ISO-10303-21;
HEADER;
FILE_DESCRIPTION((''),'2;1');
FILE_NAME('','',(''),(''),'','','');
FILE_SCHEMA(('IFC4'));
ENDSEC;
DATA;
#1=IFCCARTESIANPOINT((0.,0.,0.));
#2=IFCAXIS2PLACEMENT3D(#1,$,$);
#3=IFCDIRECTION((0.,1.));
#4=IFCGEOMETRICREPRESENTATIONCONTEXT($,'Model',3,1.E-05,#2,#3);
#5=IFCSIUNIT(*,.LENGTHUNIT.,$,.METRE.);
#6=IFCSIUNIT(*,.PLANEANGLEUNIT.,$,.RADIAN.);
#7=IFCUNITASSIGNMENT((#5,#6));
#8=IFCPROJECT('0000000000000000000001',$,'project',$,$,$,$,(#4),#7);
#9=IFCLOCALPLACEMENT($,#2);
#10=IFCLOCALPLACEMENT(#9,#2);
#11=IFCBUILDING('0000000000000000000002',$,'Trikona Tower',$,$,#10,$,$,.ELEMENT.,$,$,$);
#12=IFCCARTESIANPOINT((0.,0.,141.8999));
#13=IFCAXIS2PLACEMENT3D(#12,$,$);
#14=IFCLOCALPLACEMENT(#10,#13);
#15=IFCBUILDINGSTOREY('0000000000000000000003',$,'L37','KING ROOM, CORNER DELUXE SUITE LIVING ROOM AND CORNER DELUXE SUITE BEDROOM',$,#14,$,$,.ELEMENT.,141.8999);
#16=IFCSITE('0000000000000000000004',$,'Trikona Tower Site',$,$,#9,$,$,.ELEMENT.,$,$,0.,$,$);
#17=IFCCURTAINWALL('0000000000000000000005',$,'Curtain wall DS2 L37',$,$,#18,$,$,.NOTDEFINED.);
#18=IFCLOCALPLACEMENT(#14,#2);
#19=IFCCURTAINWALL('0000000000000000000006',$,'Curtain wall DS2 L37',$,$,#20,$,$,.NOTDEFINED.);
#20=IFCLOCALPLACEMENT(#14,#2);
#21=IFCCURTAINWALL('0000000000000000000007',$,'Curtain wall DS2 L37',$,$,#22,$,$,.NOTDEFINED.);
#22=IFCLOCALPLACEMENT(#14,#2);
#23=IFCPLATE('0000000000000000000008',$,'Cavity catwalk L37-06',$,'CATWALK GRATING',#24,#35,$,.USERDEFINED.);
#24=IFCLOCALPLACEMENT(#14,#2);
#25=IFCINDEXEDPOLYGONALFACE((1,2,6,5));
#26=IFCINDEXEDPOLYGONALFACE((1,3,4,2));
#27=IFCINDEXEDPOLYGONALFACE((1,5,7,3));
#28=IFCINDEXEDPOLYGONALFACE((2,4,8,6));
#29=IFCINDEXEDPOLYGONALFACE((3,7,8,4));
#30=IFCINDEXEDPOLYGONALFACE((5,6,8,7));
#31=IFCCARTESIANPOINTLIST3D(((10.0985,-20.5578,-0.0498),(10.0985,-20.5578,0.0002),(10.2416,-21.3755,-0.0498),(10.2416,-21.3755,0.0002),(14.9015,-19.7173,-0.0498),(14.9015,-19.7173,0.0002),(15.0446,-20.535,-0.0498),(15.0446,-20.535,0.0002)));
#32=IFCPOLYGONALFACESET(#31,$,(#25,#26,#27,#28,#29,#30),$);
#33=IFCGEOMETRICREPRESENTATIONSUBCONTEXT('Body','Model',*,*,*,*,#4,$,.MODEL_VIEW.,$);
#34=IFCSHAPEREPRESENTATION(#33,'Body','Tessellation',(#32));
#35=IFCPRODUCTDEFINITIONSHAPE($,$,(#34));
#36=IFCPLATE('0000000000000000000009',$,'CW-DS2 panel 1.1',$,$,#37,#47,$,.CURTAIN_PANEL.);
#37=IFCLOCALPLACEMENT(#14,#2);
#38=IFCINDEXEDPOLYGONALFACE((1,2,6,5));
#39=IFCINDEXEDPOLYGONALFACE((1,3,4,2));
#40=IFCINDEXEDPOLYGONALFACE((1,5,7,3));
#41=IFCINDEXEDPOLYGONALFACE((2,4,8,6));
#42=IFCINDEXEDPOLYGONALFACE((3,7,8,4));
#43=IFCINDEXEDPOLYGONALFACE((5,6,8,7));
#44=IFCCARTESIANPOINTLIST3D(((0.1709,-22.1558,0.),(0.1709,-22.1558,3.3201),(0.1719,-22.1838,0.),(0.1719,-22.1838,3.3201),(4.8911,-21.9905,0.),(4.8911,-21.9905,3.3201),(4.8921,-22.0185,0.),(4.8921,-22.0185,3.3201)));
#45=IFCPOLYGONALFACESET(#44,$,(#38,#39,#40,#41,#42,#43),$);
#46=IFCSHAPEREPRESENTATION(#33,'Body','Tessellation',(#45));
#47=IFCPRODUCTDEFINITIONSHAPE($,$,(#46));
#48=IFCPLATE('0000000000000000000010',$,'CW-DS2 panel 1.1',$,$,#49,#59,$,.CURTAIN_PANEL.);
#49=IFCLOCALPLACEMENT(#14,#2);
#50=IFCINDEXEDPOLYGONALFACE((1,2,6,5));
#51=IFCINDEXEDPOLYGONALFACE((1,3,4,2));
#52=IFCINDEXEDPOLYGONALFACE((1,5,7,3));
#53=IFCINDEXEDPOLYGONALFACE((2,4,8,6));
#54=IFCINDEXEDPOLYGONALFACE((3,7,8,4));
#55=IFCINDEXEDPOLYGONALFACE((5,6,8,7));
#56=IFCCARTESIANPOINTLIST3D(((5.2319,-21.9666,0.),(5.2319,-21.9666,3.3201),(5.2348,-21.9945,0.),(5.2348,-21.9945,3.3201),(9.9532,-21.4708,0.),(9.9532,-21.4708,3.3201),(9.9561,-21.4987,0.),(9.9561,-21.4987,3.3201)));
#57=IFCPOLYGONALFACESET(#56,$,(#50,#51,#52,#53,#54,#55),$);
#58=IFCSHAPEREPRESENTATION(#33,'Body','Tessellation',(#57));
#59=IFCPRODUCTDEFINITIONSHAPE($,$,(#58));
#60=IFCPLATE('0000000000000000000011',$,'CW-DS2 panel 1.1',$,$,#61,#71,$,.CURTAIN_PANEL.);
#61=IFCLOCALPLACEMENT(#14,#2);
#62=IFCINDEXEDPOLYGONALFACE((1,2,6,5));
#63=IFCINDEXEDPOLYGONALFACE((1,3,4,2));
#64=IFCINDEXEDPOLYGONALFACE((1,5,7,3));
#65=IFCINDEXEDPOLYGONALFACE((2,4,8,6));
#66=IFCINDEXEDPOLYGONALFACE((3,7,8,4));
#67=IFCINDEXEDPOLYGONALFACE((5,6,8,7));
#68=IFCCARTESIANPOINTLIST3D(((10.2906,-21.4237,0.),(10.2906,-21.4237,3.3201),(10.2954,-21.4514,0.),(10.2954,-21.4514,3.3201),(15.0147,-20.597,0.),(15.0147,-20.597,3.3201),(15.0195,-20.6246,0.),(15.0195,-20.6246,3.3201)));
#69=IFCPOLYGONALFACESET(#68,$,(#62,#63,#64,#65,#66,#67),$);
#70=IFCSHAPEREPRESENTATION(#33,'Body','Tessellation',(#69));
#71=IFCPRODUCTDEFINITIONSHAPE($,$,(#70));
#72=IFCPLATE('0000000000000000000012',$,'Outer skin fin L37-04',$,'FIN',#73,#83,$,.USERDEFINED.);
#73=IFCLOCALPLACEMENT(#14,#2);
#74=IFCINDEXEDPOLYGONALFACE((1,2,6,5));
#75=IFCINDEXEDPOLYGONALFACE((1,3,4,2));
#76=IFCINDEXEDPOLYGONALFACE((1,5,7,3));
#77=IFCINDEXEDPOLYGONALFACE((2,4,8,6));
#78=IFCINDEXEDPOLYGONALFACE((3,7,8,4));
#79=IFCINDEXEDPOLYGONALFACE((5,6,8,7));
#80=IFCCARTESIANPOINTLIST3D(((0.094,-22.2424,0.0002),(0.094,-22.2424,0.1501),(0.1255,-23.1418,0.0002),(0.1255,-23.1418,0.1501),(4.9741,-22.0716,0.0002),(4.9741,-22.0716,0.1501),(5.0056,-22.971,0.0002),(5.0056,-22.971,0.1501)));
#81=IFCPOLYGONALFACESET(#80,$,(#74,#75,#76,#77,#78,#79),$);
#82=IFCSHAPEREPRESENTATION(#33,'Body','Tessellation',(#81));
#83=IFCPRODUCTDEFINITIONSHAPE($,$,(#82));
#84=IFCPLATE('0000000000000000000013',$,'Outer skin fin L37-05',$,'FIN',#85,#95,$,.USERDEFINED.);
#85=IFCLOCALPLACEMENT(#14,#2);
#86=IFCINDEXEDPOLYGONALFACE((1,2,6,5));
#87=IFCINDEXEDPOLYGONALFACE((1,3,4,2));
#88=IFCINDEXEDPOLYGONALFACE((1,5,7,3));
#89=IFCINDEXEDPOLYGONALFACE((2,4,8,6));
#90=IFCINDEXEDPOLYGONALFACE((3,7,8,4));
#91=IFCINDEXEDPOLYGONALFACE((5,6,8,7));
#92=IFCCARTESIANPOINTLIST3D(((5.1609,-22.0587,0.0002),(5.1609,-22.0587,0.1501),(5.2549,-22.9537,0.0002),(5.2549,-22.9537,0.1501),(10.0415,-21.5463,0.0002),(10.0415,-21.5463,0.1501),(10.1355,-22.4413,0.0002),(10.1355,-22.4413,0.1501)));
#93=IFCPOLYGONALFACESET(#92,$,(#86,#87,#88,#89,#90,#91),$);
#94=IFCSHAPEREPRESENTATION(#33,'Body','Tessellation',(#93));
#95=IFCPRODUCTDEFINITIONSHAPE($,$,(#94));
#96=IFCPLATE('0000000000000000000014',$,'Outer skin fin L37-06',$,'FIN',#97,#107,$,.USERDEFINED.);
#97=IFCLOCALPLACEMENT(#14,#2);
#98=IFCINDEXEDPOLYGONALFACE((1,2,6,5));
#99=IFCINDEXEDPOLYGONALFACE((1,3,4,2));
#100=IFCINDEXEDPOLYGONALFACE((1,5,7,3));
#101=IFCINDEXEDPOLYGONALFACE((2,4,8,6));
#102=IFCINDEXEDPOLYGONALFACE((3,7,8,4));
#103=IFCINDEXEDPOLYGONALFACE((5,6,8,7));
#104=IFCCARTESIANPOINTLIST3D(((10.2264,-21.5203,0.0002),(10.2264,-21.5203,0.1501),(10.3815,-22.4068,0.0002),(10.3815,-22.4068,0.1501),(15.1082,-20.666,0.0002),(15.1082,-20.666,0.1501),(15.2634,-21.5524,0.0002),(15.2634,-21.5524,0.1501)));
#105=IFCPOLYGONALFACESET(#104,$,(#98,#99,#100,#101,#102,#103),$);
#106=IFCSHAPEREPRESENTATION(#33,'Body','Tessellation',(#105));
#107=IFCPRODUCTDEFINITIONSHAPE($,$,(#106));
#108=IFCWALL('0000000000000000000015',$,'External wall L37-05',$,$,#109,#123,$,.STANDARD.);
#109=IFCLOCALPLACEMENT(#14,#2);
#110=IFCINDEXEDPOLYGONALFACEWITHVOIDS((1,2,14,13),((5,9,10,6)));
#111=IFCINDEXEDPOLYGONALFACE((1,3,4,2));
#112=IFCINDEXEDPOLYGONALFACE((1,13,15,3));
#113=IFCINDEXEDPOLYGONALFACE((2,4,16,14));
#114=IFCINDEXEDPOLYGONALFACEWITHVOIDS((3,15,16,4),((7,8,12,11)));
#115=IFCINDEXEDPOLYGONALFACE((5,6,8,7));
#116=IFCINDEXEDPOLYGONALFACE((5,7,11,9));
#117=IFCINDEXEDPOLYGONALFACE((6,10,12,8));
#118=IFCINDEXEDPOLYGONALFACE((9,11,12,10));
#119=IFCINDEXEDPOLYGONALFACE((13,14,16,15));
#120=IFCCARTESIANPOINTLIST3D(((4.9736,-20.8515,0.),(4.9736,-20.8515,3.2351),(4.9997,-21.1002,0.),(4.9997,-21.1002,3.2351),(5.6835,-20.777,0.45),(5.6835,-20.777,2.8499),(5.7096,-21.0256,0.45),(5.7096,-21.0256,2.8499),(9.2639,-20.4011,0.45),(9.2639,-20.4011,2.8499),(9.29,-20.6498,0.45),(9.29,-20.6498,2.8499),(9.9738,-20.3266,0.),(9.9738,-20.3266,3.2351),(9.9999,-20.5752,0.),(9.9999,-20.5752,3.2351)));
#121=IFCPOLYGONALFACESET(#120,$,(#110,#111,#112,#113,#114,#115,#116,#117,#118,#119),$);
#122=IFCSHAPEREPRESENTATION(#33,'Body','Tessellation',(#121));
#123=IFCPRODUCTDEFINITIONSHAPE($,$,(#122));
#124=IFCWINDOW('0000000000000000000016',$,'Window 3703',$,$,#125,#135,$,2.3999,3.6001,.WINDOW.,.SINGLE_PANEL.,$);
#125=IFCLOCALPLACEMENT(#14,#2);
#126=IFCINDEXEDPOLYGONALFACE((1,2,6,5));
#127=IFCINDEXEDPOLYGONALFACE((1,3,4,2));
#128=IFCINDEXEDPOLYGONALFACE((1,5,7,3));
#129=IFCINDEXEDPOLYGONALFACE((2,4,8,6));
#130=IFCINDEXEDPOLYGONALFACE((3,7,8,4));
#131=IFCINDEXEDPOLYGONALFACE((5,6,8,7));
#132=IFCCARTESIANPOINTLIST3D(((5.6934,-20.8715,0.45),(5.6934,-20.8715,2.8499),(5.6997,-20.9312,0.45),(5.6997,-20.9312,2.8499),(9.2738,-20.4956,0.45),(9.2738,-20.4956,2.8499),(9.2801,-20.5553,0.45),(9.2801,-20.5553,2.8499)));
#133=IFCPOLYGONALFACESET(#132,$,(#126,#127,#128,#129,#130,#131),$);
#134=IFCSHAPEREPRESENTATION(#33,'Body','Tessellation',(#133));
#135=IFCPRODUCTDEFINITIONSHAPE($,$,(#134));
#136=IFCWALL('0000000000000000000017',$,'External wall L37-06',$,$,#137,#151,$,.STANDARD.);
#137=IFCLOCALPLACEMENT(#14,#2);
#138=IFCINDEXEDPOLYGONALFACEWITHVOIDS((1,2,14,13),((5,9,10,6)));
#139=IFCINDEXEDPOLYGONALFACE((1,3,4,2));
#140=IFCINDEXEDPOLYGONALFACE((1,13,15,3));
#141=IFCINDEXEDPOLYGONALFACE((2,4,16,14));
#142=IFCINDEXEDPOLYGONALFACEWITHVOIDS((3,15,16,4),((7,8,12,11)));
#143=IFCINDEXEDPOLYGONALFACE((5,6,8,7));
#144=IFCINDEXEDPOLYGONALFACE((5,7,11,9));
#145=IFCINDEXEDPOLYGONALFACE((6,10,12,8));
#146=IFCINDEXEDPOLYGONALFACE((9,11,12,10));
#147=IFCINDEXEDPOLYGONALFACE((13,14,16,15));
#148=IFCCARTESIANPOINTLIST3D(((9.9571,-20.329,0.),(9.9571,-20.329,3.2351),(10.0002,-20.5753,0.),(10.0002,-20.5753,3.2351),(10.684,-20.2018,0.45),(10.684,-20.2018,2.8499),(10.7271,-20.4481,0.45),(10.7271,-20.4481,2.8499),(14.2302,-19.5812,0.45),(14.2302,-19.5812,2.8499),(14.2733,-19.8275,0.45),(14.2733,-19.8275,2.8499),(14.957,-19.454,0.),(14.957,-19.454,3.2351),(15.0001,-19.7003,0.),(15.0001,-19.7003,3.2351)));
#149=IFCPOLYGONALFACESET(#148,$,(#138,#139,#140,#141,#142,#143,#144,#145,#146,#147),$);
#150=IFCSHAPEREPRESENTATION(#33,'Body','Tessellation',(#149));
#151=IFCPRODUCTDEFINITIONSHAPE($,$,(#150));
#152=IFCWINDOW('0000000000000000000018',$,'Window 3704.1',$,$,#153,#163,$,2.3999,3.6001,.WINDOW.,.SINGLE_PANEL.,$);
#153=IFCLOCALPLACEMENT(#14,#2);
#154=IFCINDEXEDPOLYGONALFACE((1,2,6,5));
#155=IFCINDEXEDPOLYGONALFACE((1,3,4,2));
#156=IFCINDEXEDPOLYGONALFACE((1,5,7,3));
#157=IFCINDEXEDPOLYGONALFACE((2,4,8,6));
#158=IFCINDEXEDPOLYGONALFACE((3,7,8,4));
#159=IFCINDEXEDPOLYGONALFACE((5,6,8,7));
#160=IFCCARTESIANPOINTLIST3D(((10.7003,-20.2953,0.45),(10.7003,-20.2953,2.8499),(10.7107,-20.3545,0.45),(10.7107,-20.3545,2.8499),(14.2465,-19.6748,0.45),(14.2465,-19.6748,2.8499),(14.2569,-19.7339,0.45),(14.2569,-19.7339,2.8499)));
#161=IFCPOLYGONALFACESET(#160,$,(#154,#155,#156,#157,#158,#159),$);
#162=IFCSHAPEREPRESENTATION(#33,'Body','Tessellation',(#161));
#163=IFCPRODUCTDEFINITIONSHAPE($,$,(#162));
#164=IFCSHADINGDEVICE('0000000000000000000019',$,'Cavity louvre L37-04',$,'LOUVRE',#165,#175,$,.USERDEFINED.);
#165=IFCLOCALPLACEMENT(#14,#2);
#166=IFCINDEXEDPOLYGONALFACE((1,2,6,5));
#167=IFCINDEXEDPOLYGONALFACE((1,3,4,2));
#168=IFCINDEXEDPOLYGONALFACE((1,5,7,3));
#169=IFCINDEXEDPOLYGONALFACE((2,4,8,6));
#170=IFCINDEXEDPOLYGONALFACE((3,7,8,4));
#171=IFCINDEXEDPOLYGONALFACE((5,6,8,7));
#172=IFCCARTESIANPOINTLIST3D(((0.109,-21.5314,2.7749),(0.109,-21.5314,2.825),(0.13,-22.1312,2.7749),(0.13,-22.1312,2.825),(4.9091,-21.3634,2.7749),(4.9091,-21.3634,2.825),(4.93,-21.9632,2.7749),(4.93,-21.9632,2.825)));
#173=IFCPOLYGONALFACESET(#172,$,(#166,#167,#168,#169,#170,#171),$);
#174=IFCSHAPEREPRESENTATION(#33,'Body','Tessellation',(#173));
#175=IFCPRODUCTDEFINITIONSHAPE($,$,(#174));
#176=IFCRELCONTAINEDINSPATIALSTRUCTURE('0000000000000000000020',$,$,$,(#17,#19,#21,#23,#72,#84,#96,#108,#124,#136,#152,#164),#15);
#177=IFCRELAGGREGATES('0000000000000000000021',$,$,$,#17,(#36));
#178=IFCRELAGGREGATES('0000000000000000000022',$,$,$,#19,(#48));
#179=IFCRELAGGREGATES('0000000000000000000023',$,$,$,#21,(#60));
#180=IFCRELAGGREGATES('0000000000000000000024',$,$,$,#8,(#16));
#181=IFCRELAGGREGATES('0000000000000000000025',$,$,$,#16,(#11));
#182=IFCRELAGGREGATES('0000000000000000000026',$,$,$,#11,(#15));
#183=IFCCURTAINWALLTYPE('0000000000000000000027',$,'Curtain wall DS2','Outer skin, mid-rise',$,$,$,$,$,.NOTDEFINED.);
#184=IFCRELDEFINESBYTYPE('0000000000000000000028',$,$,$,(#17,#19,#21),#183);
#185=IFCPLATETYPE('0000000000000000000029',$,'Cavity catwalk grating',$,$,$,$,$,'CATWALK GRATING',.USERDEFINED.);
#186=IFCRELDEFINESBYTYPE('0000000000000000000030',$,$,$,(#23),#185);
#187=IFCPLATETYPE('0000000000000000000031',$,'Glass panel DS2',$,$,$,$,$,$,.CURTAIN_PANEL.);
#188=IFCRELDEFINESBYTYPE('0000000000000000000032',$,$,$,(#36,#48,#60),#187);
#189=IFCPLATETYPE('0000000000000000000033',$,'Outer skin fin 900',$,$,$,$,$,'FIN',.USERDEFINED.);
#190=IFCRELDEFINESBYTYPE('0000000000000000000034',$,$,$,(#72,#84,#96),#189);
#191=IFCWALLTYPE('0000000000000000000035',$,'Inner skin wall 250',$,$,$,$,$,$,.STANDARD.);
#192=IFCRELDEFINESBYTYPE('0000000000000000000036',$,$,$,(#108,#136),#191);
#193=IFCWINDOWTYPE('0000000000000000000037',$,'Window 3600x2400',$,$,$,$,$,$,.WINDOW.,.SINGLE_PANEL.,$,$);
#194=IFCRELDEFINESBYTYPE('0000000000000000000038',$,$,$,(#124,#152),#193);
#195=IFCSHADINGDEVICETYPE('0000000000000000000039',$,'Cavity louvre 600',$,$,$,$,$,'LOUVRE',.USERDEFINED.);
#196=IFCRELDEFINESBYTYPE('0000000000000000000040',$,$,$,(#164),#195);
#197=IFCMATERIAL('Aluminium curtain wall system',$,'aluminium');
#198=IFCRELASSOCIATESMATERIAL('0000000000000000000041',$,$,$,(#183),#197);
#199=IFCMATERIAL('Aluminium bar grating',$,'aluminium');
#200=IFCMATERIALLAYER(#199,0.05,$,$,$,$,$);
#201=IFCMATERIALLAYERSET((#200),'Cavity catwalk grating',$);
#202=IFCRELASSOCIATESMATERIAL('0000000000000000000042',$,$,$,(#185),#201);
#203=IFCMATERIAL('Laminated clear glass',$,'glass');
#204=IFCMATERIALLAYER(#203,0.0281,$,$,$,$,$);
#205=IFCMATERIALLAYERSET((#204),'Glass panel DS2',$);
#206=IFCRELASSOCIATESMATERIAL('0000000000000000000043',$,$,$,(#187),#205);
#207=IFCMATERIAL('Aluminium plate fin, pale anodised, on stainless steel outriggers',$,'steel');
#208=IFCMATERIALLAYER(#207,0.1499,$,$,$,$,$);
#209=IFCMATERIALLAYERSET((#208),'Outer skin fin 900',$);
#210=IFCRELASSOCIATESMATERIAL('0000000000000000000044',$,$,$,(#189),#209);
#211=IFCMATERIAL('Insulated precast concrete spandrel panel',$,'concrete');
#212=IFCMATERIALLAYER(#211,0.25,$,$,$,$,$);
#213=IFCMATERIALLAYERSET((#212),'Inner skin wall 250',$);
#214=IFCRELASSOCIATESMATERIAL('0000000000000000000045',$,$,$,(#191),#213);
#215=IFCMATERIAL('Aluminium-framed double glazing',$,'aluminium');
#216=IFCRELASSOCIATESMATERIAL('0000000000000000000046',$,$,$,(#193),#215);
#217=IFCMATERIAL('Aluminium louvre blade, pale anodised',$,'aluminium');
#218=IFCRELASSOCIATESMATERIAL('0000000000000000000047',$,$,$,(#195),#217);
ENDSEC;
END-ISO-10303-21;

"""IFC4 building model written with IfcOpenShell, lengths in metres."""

from ifc_helpers import new_model, si_unit, direction, frame, frame_2d, origin, origin_2d, place, context, subcontext, project, spatial, rectangle, extrude, material, layer, layer_set, type_object, element, fill, aggregate, save


model = new_model("IFC4")

# Units and contexts
model_context = context("Model", 3, precision=1e-05, world=origin(), true_north=direction((0.0, 1.0)))
body_context = subcontext(model_context, "Body", "Model", "MODEL_VIEW")
ifc_project = project(units=[si_unit("LENGTHUNIT", "METRE"), si_unit("PLANEANGLEUNIT", "RADIAN")], contexts=[model_context])

# Site, building, storey
site_placement = place(None, origin())
site = spatial("IfcSite", under=ifc_project, at=site_placement, Name="Trikona Tower Site", CompositionType="ELEMENT", RefElevation=0.0)
building_placement = place(site_placement, origin())
building = spatial("IfcBuilding", under=site, at=building_placement, Name="Trikona Tower", CompositionType="ELEMENT")
storey_placement = place(building_placement, frame((0.0, 0.0, 141.8999)))
storey = spatial("IfcBuildingStorey", under=building, at=storey_placement, Name="L37", Description="KING ROOM, CORNER DELUXE SUITE LIVING ROOM AND CORNER DELUXE SUITE BEDROOM", CompositionType="ELEMENT", Elevation=141.8999)

# Curtain walls
ifc_material_1 = material(Name="Aluminium curtain wall system", Category="aluminium")
curtain_wall_type = type_object("IfcCurtainWallType", Name="Curtain wall DS2", Description="Outer skin, mid-rise", PredefinedType="NOTDEFINED", material=ifc_material_1)
curtain_wall_1_placement = place(storey_placement, origin())
curtain_wall_1 = element("IfcCurtainWall", 1, at=curtain_wall_1_placement, inside=storey, type_object=curtain_wall_type, Name="Curtain wall DS2 L37", PredefinedType="NOTDEFINED")
curtain_wall_2_placement = place(storey_placement, origin())
curtain_wall_2 = element("IfcCurtainWall", 2, at=curtain_wall_2_placement, inside=storey, type_object=curtain_wall_type, Name="Curtain wall DS2 L37", PredefinedType="NOTDEFINED")

# Curtain wall
curtain_wall_3_placement = place(storey_placement, origin())
curtain_wall_3 = element("IfcCurtainWall", 3, at=curtain_wall_3_placement, inside=storey, type_object=curtain_wall_type, Name="Curtain wall DS2 L37", PredefinedType="NOTDEFINED")

# Plate
ifc_material_2 = material(Name="Aluminium bar grating", Category="aluminium")
ifc_layer_1 = layer(ifc_material_2, 0.05)
ifc_layer_set_1 = layer_set([ifc_layer_1], Name="Cavity catwalk grating")
plate_type_1 = type_object("IfcPlateType", Name="Cavity catwalk grating", ElementType="CATWALK GRATING", PredefinedType="USERDEFINED", material=ifc_layer_set_1)
plate_1_placement = place(storey_placement, frame((12.5715, -20.5464, -0.0498), z_axis=(0.0, 0.0, 1.0), x_axis=(0.985031, 0.17238, 0.0)))
element("IfcPlate", 4, at=plate_1_placement, inside=storey, type_object=plate_type_1, Name="Cavity catwalk L37-06", ObjectType="CATWALK GRATING", PredefinedType="USERDEFINED", context=body_context, shape_type="SweptSolid", body=[
    extrude(rectangle(XDim=4.876, YDim=0.8301, at=origin_2d()), origin(), (0.0, 0.0, 1.0), 0.05),
])

# Plates
ifc_material_3 = material(Name="Laminated clear glass", Category="glass")
ifc_layer_2 = layer(ifc_material_3, 0.0281)
ifc_layer_set_2 = layer_set([ifc_layer_2], Name="Glass panel DS2")
plate_type_2 = type_object("IfcPlateType", Name="Glass panel DS2", PredefinedType="CURTAIN_PANEL", material=ifc_layer_set_2)
plate_2_placement = place(storey_placement, frame((2.5315, -22.0872, 0.0), z_axis=(0.0, 0.0, 1.0), x_axis=(0.999387, 0.034998, 0.0)))
plate_2 = element("IfcPlate", 5, at=plate_2_placement, type_object=plate_type_2, Name="CW-DS2 panel 1.1", PredefinedType="CURTAIN_PANEL", context=body_context, shape_type="SweptSolid", body=[
    extrude(rectangle(XDim=4.7231, YDim=0.0281, at=origin_2d()), origin(), (0.0, 0.0, 1.0), 3.3201),
])
aggregate(curtain_wall_1, [plate_2])
plate_3_placement = place(storey_placement, frame((7.594, -21.7327, 0.0), z_axis=(0.0, 0.0, 1.0), x_axis=(0.994532, 0.104433, 0.0)))
plate_3 = element("IfcPlate", 6, at=plate_3_placement, type_object=plate_type_2, Name="CW-DS2 panel 1.1", PredefinedType="CURTAIN_PANEL", context=body_context, shape_type="SweptSolid", body=[
    extrude(rectangle(XDim=4.7473, YDim=0.0281, at=origin_2d()), origin(), (0.0, 0.0, 1.0), 3.3201),
])
aggregate(curtain_wall_2, [plate_3])
plate_4_placement = place(storey_placement, frame((12.655, -21.0242, 0.0), z_axis=(0.0, 0.0, 1.0), x_axis=(0.985031, 0.172377, 0.0)))
plate_4 = element("IfcPlate", 7, at=plate_4_placement, type_object=plate_type_2, Name="CW-DS2 panel 1.1", PredefinedType="CURTAIN_PANEL", context=body_context, shape_type="SweptSolid", body=[
    extrude(rectangle(XDim=4.7959, YDim=0.0281, at=origin_2d()), origin(), (0.0, 0.0, 1.0), 3.3201),
])
aggregate(curtain_wall_3, [plate_4])

# Plates
ifc_material_4 = material(Name="Aluminium plate fin, pale anodised, on stainless steel outriggers", Category="steel")
ifc_layer_3 = layer(ifc_material_4, 0.1499)
ifc_layer_set_3 = layer_set([ifc_layer_3], Name="Outer skin fin 900")
plate_type_3 = type_object("IfcPlateType", Name="Outer skin fin 900", ElementType="FIN", PredefinedType="USERDEFINED", material=ifc_layer_set_3)
plate_5_placement = place(storey_placement, frame((2.5498, -22.6067, 0.0002), z_axis=(0.0, 0.0, 1.0), x_axis=(0.999388, 0.034978, 0.0)))
element("IfcPlate", 8, at=plate_5_placement, inside=storey, type_object=plate_type_3, Name="Outer skin fin L37-04", ObjectType="FIN", PredefinedType="USERDEFINED", context=body_context, shape_type="SweptSolid", body=[
    extrude(rectangle(XDim=4.8831, YDim=0.8999, at=origin_2d()), origin(), (0.0, 0.0, 1.0), 0.1499),
])
plate_6_placement = place(storey_placement, frame((7.6482, -22.25, 0.0002), z_axis=(0.0, 0.0, 1.0), x_axis=(0.994533, 0.104426, 0.0)))
element("IfcPlate", 9, at=plate_6_placement, inside=storey, type_object=plate_type_3, Name="Outer skin fin L37-05", ObjectType="FIN", PredefinedType="USERDEFINED", context=body_context, shape_type="SweptSolid", body=[
    extrude(rectangle(XDim=4.9075, YDim=0.8999, at=origin_2d()), origin(), (0.0, 0.0, 1.0), 0.1499),
])
plate_7_placement = place(storey_placement, frame((12.7449, -21.5364, 0.0002), z_axis=(0.0, 0.0, 1.0), x_axis=(0.985031, 0.17238, 0.0)))
element("IfcPlate", 10, at=plate_7_placement, inside=storey, type_object=plate_type_3, Name="Outer skin fin L37-06", ObjectType="FIN", PredefinedType="USERDEFINED", context=body_context, shape_type="SweptSolid", body=[
    extrude(rectangle(XDim=4.9561, YDim=0.8999, at=origin_2d()), origin(), (0.0, 0.0, 1.0), 0.1499),
])

# Walls, openings, windows
ifc_material_5 = material(Name="Insulated precast concrete spandrel panel", Category="concrete")
ifc_layer_4 = layer(ifc_material_5, 0.25)
ifc_layer_set_4 = layer_set([ifc_layer_4], Name="Inner skin wall 250")
wall_type = type_object("IfcWallType", Name="Inner skin wall 250", PredefinedType="STANDARD", material=ifc_layer_set_4)
wall_1_placement = place(storey_placement, frame((4.9868, -20.9758, 0.0), z_axis=(0.0, 0.0, 1.0), x_axis=(0.994535, 0.104407, 0.0)))
wall_1 = element("IfcWall", 11, at=wall_1_placement, inside=storey, type_object=wall_type, Name="External wall L37-05", PredefinedType="STANDARD", context=body_context, shape_type="SweptSolid", body=[
    extrude(rectangle(XDim=5.0276, YDim=0.25, at=frame_2d((2.5137, 0.0))), origin(), (0.0, 0.0, 1.0), 3.2351),
])
opening_1_placement = place(wall_1_placement, frame((0.7136, 0.0, 0.45)))
opening_1 = element("IfcOpeningElement", 12, at=opening_1_placement, cuts=wall_1, PredefinedType="OPENING", context=body_context, shape_type="SweptSolid", body=[
    extrude(rectangle(XDim=3.6001, YDim=2.3999, at=frame_2d((1.8, 1.2))), frame((0.0, 0.135, 0.0), z_axis=(0.0, -1.0, 0.0), x_axis=(1.0, 0.0, 0.0)), (0.0, 0.0, 1.0), 0.27),
])
ifc_material_6 = material(Name="Aluminium-framed double glazing", Category="aluminium")
window_type = type_object("IfcWindowType", Name="Window 3600x2400", PartitioningType="SINGLE_PANEL", PredefinedType="WINDOW", material=ifc_material_6)
window_1_placement = place(opening_1_placement, origin())
window_1 = element("IfcWindow", 13, at=window_1_placement, inside=storey, type_object=window_type, Name="Window 3703", OverallHeight=2.3999, OverallWidth=3.6001, PartitioningType="SINGLE_PANEL", PredefinedType="WINDOW", context=body_context, shape_type="SweptSolid", body=[
    extrude(rectangle(XDim=3.6001, YDim=2.3999, at=frame_2d((1.8, 1.2))), frame((0.0, 0.03, 0.0), z_axis=(0.0, -1.0, 0.0), x_axis=(1.0, 0.0, 0.0)), (0.0, 0.0, 1.0), 0.0601),
])
fill(opening_1, window_1)
wall_2_placement = place(storey_placement, frame((9.9785, -20.4521, 0.0), z_axis=(0.0, 0.0, 1.0), x_axis=(0.98503, 0.17238, 0.0)))
wall_2 = element("IfcWall", 14, at=wall_2_placement, inside=storey, type_object=wall_type, Name="External wall L37-06", PredefinedType="STANDARD", context=body_context, shape_type="SweptSolid", body=[
    extrude(rectangle(XDim=5.0759, YDim=0.25, at=frame_2d((2.5381, 0.0))), origin(), (0.0, 0.0, 1.0), 3.2351),
])
opening_2_placement = place(wall_2_placement, frame((0.738, 0.0, 0.45)))
opening_2 = element("IfcOpeningElement", 15, at=opening_2_placement, cuts=wall_2, PredefinedType="OPENING", context=body_context, shape_type="SweptSolid", body=[
    extrude(rectangle(XDim=3.6001, YDim=2.3999, at=frame_2d((1.8, 1.2))), frame((0.0, 0.135, 0.0), z_axis=(0.0, -1.0, 0.0), x_axis=(1.0, 0.0, 0.0)), (0.0, 0.0, 1.0), 0.27),
])
window_2_placement = place(opening_2_placement, origin())
window_2 = element("IfcWindow", 16, at=window_2_placement, inside=storey, type_object=window_type, Name="Window 3704.1", OverallHeight=2.3999, OverallWidth=3.6001, PartitioningType="SINGLE_PANEL", PredefinedType="WINDOW", context=body_context, shape_type="SweptSolid", body=[
    extrude(rectangle(XDim=3.6001, YDim=2.3999, at=frame_2d((1.8, 1.2))), frame((0.0, 0.03, 0.0), z_axis=(0.0, -1.0, 0.0), x_axis=(1.0, 0.0, 0.0)), (0.0, 0.0, 1.0), 0.0601),
])
fill(opening_2, window_2)

# Shading device
ifc_material_7 = material(Name="Aluminium louvre blade, pale anodised", Category="aluminium")
shading_device_type = type_object("IfcShadingDeviceType", Name="Cavity louvre 600", ElementType="LOUVRE", PredefinedType="USERDEFINED", material=ifc_material_7)
shading_device_1_placement = place(storey_placement, frame((2.5195, -21.7473, 2.7749), z_axis=(0.0, 0.0, 1.0), x_axis=(0.999388, 0.034978, 0.0)))
element("IfcShadingDevice", 17, at=shading_device_1_placement, inside=storey, type_object=shading_device_type, Name="Cavity louvre L37-04", ObjectType="LOUVRE", PredefinedType="USERDEFINED", context=body_context, shape_type="SweptSolid", body=[
    extrude(rectangle(XDim=4.803, YDim=0.6001, at=origin_2d()), origin(), (0.0, 0.0, 1.0), 0.05),
])

save(model, "model.ifc")
